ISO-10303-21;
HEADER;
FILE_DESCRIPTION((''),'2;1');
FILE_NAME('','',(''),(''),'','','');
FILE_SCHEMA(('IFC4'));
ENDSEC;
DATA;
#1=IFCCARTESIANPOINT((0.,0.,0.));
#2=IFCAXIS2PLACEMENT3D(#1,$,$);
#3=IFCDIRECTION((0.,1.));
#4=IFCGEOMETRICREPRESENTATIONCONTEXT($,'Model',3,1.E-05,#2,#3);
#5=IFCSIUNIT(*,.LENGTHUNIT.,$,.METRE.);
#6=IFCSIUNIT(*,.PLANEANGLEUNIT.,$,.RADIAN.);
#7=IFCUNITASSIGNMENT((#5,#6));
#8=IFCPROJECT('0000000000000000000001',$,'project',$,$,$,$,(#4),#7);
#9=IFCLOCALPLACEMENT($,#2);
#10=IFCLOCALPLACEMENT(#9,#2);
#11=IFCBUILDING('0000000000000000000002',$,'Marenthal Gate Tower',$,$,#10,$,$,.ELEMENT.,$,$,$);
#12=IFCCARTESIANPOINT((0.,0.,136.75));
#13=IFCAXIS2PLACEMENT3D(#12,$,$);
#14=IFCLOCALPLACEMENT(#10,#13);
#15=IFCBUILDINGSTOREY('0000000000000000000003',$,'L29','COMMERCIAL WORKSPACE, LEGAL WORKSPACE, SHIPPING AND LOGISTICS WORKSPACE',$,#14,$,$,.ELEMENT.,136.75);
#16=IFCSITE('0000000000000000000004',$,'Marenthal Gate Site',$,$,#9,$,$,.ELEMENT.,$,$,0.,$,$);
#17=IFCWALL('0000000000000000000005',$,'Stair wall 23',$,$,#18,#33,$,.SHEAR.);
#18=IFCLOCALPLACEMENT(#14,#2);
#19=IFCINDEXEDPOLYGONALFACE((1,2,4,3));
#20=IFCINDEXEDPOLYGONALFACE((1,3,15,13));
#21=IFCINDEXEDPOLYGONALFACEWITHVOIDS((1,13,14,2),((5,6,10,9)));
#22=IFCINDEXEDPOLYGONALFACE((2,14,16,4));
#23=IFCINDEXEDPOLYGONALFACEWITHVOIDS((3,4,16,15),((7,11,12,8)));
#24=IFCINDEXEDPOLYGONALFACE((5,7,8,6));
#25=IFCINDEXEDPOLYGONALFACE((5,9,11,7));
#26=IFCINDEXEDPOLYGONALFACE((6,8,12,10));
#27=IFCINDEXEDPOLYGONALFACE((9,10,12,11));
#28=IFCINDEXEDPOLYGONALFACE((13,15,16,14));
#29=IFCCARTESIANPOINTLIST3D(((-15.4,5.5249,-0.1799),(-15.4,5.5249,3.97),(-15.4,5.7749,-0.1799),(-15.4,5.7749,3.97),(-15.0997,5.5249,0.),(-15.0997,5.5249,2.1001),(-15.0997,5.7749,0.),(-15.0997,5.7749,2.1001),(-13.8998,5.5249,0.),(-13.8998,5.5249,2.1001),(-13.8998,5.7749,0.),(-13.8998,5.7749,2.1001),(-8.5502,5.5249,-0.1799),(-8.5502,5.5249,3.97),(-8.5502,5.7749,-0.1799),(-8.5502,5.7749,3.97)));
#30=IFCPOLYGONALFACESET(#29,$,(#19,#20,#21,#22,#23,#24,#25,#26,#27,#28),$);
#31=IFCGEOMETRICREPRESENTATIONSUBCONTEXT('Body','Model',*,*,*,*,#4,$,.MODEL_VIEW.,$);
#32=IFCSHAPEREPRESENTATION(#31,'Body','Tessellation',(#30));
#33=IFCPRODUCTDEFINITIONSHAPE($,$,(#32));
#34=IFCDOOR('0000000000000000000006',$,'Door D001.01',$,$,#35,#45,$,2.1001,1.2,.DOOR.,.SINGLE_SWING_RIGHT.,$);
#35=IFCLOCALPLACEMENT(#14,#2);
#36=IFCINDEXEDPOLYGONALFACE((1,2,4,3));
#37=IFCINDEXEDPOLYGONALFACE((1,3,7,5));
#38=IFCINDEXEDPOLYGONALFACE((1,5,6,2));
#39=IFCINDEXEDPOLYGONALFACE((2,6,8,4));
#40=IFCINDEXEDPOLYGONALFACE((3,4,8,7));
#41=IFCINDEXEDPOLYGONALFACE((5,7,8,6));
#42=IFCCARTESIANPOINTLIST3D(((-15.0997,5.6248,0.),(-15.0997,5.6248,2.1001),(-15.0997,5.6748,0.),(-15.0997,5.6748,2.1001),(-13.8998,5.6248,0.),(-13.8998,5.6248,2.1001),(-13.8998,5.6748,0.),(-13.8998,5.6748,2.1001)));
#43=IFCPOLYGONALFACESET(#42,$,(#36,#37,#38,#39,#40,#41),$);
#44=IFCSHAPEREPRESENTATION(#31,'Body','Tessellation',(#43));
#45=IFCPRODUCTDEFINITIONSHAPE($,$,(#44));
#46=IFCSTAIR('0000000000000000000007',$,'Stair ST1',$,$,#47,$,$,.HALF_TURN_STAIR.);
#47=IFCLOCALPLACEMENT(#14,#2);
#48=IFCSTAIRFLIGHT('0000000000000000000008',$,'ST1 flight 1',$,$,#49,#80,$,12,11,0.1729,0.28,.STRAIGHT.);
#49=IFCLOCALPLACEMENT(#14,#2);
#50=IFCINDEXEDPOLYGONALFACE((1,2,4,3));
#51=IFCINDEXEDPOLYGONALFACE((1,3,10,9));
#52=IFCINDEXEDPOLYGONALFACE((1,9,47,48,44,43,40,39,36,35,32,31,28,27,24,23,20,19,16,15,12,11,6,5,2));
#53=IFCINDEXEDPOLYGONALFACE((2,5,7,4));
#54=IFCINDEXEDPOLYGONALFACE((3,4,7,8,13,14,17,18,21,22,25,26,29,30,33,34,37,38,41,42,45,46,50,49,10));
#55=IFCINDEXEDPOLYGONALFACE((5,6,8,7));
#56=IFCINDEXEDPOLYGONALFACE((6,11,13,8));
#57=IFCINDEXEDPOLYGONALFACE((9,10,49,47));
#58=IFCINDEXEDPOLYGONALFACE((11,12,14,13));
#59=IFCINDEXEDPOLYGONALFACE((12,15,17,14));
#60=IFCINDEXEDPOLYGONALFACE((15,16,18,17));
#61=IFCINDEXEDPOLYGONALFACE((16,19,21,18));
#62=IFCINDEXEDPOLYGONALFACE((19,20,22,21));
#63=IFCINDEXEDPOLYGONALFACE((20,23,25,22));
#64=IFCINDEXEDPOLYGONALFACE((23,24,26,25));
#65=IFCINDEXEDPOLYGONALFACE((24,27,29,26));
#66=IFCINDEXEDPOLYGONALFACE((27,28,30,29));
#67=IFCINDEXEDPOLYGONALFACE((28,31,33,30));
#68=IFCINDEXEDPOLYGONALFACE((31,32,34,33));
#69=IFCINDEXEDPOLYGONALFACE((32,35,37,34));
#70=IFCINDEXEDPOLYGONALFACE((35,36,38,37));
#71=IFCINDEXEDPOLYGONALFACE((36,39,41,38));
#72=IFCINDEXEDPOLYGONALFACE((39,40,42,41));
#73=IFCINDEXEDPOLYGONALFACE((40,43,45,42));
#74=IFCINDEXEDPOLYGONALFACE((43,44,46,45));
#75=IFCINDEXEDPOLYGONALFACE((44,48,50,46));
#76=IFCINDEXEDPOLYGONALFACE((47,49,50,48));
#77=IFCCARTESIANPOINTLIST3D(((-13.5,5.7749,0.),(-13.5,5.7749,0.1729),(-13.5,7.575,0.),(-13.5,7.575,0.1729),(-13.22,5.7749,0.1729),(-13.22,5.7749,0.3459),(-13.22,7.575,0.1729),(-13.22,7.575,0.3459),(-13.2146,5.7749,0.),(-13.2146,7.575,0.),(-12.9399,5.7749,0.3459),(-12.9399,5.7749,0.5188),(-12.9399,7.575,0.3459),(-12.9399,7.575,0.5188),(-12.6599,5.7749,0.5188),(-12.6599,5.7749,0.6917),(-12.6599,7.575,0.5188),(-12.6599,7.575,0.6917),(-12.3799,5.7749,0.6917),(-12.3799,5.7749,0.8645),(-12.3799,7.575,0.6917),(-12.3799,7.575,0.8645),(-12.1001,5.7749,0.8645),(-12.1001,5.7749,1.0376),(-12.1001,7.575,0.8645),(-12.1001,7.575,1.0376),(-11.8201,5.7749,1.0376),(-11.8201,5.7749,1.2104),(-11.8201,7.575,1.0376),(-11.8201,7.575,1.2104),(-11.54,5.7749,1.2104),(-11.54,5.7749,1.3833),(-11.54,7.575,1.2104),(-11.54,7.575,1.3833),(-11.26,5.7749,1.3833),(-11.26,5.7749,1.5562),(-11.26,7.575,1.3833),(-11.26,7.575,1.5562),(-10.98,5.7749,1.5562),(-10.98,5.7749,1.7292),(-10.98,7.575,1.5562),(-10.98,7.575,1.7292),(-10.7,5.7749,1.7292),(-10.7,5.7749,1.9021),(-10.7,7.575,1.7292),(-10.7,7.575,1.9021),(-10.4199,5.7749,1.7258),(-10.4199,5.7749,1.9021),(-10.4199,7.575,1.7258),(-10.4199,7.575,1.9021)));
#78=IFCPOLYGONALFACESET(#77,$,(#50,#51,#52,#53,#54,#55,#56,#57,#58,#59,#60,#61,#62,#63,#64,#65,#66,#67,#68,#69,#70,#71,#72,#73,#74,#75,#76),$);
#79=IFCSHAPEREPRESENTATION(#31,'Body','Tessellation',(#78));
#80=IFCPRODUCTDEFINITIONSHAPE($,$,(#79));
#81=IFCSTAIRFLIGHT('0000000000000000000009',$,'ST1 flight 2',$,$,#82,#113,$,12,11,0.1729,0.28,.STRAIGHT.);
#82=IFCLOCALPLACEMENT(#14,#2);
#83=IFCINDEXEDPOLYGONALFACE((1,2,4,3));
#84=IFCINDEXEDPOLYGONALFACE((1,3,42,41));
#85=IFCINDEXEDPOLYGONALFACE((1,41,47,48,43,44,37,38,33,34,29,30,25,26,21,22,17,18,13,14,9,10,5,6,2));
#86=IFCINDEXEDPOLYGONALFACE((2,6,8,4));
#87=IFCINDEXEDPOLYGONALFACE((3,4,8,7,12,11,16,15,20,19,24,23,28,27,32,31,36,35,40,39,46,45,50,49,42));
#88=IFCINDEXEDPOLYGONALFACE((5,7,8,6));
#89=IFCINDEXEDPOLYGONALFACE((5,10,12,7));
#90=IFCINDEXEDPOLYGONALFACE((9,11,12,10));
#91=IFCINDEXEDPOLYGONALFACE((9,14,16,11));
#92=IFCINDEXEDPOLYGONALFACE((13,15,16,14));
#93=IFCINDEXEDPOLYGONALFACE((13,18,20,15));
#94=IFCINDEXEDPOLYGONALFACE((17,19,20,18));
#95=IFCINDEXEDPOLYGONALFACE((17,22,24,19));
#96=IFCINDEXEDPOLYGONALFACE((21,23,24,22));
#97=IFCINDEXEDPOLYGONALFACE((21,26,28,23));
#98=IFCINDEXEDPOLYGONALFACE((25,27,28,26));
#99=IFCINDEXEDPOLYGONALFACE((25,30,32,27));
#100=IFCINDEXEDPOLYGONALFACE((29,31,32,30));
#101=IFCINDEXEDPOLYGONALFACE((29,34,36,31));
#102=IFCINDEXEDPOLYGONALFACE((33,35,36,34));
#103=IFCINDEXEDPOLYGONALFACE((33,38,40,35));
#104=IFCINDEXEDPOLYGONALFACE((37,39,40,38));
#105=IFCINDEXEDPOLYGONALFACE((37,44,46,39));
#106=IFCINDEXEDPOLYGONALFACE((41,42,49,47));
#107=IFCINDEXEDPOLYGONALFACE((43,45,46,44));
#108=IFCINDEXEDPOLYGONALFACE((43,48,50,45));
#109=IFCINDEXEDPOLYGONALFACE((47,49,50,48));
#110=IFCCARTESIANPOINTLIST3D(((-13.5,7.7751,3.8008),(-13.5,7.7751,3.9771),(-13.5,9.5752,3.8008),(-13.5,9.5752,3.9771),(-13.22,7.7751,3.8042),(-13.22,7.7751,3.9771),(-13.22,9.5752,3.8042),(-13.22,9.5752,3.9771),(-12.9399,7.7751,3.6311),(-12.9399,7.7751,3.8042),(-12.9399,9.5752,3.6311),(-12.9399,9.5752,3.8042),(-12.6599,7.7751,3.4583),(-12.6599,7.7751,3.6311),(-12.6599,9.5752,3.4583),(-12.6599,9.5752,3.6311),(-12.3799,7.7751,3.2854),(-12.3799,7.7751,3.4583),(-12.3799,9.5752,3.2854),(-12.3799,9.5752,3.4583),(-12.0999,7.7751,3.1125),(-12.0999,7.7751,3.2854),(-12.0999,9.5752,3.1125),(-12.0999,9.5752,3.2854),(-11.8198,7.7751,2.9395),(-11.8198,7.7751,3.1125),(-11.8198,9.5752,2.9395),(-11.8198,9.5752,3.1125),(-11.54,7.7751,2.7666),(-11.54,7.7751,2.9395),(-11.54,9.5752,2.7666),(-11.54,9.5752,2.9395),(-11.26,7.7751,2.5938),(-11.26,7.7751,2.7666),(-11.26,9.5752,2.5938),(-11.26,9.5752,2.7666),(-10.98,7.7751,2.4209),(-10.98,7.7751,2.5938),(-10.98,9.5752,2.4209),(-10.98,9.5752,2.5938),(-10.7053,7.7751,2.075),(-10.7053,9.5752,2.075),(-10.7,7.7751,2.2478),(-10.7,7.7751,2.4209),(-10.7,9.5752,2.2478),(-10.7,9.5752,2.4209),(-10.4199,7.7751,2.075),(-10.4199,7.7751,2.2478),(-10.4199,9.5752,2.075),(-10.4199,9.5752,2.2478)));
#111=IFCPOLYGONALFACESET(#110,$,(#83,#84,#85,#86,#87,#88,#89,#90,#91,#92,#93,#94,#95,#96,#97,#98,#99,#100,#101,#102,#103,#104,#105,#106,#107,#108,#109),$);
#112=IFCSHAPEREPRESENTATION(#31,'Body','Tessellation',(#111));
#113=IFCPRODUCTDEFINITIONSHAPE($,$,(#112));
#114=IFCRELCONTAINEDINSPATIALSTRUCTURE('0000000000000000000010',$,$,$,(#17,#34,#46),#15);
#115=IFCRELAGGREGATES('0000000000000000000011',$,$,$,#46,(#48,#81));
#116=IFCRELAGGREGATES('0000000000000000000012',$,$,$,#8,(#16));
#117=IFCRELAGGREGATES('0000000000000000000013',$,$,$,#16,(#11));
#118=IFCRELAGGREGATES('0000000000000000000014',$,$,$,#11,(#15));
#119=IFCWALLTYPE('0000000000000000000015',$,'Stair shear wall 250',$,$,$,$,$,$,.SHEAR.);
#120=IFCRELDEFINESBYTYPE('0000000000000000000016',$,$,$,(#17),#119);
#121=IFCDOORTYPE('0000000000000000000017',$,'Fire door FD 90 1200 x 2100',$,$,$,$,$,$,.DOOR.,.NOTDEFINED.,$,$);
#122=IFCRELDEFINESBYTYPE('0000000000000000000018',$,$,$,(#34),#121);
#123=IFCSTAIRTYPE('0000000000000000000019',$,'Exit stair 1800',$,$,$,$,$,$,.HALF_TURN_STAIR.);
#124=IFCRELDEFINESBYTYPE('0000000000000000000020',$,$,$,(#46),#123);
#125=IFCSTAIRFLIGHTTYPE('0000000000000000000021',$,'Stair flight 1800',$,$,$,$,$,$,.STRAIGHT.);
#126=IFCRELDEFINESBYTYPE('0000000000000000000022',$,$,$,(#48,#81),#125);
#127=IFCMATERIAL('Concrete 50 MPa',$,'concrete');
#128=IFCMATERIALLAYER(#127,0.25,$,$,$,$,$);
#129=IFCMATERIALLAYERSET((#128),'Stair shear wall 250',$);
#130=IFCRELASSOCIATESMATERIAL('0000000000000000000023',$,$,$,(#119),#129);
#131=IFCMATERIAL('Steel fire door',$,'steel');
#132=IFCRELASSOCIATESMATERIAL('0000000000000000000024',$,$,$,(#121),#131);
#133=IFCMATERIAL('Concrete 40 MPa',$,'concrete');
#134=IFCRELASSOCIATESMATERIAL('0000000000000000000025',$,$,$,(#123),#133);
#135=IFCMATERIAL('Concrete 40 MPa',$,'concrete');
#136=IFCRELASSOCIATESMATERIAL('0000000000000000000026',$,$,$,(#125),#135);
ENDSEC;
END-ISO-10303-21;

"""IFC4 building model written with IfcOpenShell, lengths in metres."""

from ifc_helpers import new_model, si_unit, direction, frame, frame_2d, origin, place, context, subcontext, project, spatial, polyline, rectangle, outline, extrude, material, layer, layer_set, type_object, element, fill, aggregate, save


model = new_model("IFC4")

# Units and contexts
model_context = context("Model", 3, precision=1e-05, world=origin(), true_north=direction((0.0, 1.0)))
body_context = subcontext(model_context, "Body", "Model", "MODEL_VIEW")
ifc_project = project(units=[si_unit("LENGTHUNIT", "METRE"), si_unit("PLANEANGLEUNIT", "RADIAN")], contexts=[model_context])

# Site, building, storey
site_placement = place(None, origin())
site = spatial("IfcSite", under=ifc_project, at=site_placement, Name="Marenthal Gate Site", CompositionType="ELEMENT", RefElevation=0.0)
building_placement = place(site_placement, origin())
building = spatial("IfcBuilding", under=site, at=building_placement, Name="Marenthal Gate Tower", CompositionType="ELEMENT")
storey_placement = place(building_placement, frame((0.0, 0.0, 136.75)))
storey = spatial("IfcBuildingStorey", under=building, at=storey_placement, Name="L29", Description="COMMERCIAL WORKSPACE, LEGAL WORKSPACE, SHIPPING AND LOGISTICS WORKSPACE", CompositionType="ELEMENT", Elevation=136.75)

# Wall, opening, door
ifc_material_1 = material(Name="Concrete 50 MPa", Category="concrete")
ifc_layer_1 = layer(ifc_material_1, 0.25)
ifc_layer_set_1 = layer_set([ifc_layer_1], Name="Stair shear wall 250")
wall_type_1 = type_object("IfcWallType", Name="Stair shear wall 250", PredefinedType="SHEAR", material=ifc_layer_set_1)
wall_1_placement = place(storey_placement, frame((-15.3999, 5.6499, -0.1799), z_axis=(0.0, 0.0, 1.0), x_axis=(1.0, 0.0, 0.0)))
wall_1 = element("IfcWall", 1, at=wall_1_placement, inside=storey, type_object=wall_type_1, Name="Stair wall 23", PredefinedType="SHEAR", context=body_context, shape_type="SweptSolid", body=[
    extrude(rectangle(XDim=6.8499, YDim=0.25, at=frame_2d((3.4248, 0.0))), origin(), (0.0, 0.0, 1.0), 4.1499),
])
opening_1_placement = place(wall_1_placement, frame((0.3, 0.0, 0.1799)))
opening_1 = element("IfcOpeningElement", 2, at=opening_1_placement, cuts=wall_1, PredefinedType="OPENING", context=body_context, shape_type="SweptSolid", body=[
    extrude(rectangle(XDim=1.2, YDim=2.1001, at=frame_2d((0.6001, 1.05))), frame((0.0, 0.135, 0.0), z_axis=(0.0, -1.0, 0.0), x_axis=(1.0, 0.0, 0.0)), (0.0, 0.0, 1.0), 0.27),
])
ifc_material_2 = material(Name="Steel fire door", Category="steel")
door_type_1 = type_object("IfcDoorType", Name="Fire door FD 90 1200 x 2100", OperationType="NOTDEFINED", PredefinedType="DOOR", material=ifc_material_2)
door_1_placement = place(opening_1_placement, origin())
door_1 = element("IfcDoor", 3, at=door_1_placement, inside=storey, type_object=door_type_1, Name="Door D001.01", OperationType="SINGLE_SWING_RIGHT", OverallHeight=2.1001, OverallWidth=1.2, PredefinedType="DOOR", context=body_context, shape_type="SweptSolid", body=[
    extrude(rectangle(XDim=1.2, YDim=2.1001, at=frame_2d((0.6001, 1.05))), frame((0.0, 0.0249, 0.0), z_axis=(0.0, -1.0, 0.0), x_axis=(1.0, 0.0, 0.0)), (0.0, 0.0, 1.0), 0.05),
])
fill(opening_1, door_1)

# Stair, stair flights
ifc_material_3 = material(Name="Concrete 40 MPa", Category="concrete")
stair_type = type_object("IfcStairType", Name="Exit stair 1800", PredefinedType="HALF_TURN_STAIR", material=ifc_material_3)
stair_placement = place(storey_placement, origin())
stair = element("IfcStair", 4, at=stair_placement, inside=storey, type_object=stair_type, Name="Stair ST1", PredefinedType="HALF_TURN_STAIR")
ifc_material_4 = material(Name="Concrete 40 MPa", Category="concrete")
stair_flight_type = type_object("IfcStairFlightType", Name="Stair flight 1800", PredefinedType="STRAIGHT", material=ifc_material_4)
stair_flight_1_placement = place(storey_placement, frame((-13.5, 6.675, 0.0), z_axis=(0.0, 0.0, 1.0), x_axis=(1.0, 0.0, 0.0)))
stair_flight_1 = element("IfcStairFlight", 5, at=stair_flight_1_placement, type_object=stair_flight_type, Name="ST1 flight 1", NumberOfRisers=12, NumberOfTreads=11, PredefinedType="STRAIGHT", RiserHeight=0.1729, TreadLength=0.28, context=body_context, shape_type="SweptSolid", body=[
    extrude(outline(polyline([(0.0, 0.0), (0.0, 0.1729), (0.28, 0.1729), (0.28, 0.3459), (0.5601, 0.3459), (0.5601, 0.5188), (0.8401, 0.5188), (0.8401, 0.6917), (1.1201, 0.6917), (1.1201, 0.8645), (1.3999, 0.8645), (1.3999, 1.0376), (1.6799, 1.0376), (1.6799, 1.2104), (1.96, 1.2104), (1.96, 1.3833), (2.24, 1.3833), (2.24, 1.5562), (2.52, 1.5562), (2.52, 1.7292), (2.8, 1.7292), (2.8, 1.9021), (3.0801, 1.9021), (3.0801, 2.075), (3.0801, 1.7258), (0.2854, 0.0), (0.0, 0.0)])), frame((0.0, 0.8999, 0.0), z_axis=(0.0, -1.0, 0.0), x_axis=(1.0, 0.0, 0.0)), (0.0, 0.0, 1.0), 1.8),
])
stair_flight_2_placement = place(storey_placement, frame((-10.4199, 8.675, 2.075), z_axis=(0.0, 0.0, 1.0), x_axis=(-1.0, 0.0, 0.0)))
stair_flight_2 = element("IfcStairFlight", 6, at=stair_flight_2_placement, type_object=stair_flight_type, Name="ST1 flight 2", NumberOfRisers=12, NumberOfTreads=11, PredefinedType="STRAIGHT", RiserHeight=0.1729, TreadLength=0.28, context=body_context, shape_type="SweptSolid", body=[
    extrude(outline(polyline([(0.0, 0.0), (0.0, 0.1729), (0.28, 0.1729), (0.28, 0.3459), (0.5601, 0.3459), (0.5601, 0.5188), (0.8401, 0.5188), (0.8401, 0.6917), (1.1201, 0.6917), (1.1201, 0.8645), (1.3999, 0.8645), (1.3999, 1.0376), (1.6799, 1.0376), (1.6799, 1.2104), (1.96, 1.2104), (1.96, 1.3833), (2.24, 1.3833), (2.24, 1.5562), (2.52, 1.5562), (2.52, 1.7292), (2.8, 1.7292), (2.8, 1.9021), (3.0801, 1.9021), (3.0801, 2.075), (3.0801, 1.7258), (0.2854, 0.0), (0.0, 0.0)])), frame((0.0, 0.8999, 0.0), z_axis=(0.0, -1.0, 0.0), x_axis=(1.0, 0.0, 0.0)), (0.0, 0.0, 1.0), 1.8),
])
aggregate(stair, [stair_flight_1, stair_flight_2])

save(model, "model.ifc")
